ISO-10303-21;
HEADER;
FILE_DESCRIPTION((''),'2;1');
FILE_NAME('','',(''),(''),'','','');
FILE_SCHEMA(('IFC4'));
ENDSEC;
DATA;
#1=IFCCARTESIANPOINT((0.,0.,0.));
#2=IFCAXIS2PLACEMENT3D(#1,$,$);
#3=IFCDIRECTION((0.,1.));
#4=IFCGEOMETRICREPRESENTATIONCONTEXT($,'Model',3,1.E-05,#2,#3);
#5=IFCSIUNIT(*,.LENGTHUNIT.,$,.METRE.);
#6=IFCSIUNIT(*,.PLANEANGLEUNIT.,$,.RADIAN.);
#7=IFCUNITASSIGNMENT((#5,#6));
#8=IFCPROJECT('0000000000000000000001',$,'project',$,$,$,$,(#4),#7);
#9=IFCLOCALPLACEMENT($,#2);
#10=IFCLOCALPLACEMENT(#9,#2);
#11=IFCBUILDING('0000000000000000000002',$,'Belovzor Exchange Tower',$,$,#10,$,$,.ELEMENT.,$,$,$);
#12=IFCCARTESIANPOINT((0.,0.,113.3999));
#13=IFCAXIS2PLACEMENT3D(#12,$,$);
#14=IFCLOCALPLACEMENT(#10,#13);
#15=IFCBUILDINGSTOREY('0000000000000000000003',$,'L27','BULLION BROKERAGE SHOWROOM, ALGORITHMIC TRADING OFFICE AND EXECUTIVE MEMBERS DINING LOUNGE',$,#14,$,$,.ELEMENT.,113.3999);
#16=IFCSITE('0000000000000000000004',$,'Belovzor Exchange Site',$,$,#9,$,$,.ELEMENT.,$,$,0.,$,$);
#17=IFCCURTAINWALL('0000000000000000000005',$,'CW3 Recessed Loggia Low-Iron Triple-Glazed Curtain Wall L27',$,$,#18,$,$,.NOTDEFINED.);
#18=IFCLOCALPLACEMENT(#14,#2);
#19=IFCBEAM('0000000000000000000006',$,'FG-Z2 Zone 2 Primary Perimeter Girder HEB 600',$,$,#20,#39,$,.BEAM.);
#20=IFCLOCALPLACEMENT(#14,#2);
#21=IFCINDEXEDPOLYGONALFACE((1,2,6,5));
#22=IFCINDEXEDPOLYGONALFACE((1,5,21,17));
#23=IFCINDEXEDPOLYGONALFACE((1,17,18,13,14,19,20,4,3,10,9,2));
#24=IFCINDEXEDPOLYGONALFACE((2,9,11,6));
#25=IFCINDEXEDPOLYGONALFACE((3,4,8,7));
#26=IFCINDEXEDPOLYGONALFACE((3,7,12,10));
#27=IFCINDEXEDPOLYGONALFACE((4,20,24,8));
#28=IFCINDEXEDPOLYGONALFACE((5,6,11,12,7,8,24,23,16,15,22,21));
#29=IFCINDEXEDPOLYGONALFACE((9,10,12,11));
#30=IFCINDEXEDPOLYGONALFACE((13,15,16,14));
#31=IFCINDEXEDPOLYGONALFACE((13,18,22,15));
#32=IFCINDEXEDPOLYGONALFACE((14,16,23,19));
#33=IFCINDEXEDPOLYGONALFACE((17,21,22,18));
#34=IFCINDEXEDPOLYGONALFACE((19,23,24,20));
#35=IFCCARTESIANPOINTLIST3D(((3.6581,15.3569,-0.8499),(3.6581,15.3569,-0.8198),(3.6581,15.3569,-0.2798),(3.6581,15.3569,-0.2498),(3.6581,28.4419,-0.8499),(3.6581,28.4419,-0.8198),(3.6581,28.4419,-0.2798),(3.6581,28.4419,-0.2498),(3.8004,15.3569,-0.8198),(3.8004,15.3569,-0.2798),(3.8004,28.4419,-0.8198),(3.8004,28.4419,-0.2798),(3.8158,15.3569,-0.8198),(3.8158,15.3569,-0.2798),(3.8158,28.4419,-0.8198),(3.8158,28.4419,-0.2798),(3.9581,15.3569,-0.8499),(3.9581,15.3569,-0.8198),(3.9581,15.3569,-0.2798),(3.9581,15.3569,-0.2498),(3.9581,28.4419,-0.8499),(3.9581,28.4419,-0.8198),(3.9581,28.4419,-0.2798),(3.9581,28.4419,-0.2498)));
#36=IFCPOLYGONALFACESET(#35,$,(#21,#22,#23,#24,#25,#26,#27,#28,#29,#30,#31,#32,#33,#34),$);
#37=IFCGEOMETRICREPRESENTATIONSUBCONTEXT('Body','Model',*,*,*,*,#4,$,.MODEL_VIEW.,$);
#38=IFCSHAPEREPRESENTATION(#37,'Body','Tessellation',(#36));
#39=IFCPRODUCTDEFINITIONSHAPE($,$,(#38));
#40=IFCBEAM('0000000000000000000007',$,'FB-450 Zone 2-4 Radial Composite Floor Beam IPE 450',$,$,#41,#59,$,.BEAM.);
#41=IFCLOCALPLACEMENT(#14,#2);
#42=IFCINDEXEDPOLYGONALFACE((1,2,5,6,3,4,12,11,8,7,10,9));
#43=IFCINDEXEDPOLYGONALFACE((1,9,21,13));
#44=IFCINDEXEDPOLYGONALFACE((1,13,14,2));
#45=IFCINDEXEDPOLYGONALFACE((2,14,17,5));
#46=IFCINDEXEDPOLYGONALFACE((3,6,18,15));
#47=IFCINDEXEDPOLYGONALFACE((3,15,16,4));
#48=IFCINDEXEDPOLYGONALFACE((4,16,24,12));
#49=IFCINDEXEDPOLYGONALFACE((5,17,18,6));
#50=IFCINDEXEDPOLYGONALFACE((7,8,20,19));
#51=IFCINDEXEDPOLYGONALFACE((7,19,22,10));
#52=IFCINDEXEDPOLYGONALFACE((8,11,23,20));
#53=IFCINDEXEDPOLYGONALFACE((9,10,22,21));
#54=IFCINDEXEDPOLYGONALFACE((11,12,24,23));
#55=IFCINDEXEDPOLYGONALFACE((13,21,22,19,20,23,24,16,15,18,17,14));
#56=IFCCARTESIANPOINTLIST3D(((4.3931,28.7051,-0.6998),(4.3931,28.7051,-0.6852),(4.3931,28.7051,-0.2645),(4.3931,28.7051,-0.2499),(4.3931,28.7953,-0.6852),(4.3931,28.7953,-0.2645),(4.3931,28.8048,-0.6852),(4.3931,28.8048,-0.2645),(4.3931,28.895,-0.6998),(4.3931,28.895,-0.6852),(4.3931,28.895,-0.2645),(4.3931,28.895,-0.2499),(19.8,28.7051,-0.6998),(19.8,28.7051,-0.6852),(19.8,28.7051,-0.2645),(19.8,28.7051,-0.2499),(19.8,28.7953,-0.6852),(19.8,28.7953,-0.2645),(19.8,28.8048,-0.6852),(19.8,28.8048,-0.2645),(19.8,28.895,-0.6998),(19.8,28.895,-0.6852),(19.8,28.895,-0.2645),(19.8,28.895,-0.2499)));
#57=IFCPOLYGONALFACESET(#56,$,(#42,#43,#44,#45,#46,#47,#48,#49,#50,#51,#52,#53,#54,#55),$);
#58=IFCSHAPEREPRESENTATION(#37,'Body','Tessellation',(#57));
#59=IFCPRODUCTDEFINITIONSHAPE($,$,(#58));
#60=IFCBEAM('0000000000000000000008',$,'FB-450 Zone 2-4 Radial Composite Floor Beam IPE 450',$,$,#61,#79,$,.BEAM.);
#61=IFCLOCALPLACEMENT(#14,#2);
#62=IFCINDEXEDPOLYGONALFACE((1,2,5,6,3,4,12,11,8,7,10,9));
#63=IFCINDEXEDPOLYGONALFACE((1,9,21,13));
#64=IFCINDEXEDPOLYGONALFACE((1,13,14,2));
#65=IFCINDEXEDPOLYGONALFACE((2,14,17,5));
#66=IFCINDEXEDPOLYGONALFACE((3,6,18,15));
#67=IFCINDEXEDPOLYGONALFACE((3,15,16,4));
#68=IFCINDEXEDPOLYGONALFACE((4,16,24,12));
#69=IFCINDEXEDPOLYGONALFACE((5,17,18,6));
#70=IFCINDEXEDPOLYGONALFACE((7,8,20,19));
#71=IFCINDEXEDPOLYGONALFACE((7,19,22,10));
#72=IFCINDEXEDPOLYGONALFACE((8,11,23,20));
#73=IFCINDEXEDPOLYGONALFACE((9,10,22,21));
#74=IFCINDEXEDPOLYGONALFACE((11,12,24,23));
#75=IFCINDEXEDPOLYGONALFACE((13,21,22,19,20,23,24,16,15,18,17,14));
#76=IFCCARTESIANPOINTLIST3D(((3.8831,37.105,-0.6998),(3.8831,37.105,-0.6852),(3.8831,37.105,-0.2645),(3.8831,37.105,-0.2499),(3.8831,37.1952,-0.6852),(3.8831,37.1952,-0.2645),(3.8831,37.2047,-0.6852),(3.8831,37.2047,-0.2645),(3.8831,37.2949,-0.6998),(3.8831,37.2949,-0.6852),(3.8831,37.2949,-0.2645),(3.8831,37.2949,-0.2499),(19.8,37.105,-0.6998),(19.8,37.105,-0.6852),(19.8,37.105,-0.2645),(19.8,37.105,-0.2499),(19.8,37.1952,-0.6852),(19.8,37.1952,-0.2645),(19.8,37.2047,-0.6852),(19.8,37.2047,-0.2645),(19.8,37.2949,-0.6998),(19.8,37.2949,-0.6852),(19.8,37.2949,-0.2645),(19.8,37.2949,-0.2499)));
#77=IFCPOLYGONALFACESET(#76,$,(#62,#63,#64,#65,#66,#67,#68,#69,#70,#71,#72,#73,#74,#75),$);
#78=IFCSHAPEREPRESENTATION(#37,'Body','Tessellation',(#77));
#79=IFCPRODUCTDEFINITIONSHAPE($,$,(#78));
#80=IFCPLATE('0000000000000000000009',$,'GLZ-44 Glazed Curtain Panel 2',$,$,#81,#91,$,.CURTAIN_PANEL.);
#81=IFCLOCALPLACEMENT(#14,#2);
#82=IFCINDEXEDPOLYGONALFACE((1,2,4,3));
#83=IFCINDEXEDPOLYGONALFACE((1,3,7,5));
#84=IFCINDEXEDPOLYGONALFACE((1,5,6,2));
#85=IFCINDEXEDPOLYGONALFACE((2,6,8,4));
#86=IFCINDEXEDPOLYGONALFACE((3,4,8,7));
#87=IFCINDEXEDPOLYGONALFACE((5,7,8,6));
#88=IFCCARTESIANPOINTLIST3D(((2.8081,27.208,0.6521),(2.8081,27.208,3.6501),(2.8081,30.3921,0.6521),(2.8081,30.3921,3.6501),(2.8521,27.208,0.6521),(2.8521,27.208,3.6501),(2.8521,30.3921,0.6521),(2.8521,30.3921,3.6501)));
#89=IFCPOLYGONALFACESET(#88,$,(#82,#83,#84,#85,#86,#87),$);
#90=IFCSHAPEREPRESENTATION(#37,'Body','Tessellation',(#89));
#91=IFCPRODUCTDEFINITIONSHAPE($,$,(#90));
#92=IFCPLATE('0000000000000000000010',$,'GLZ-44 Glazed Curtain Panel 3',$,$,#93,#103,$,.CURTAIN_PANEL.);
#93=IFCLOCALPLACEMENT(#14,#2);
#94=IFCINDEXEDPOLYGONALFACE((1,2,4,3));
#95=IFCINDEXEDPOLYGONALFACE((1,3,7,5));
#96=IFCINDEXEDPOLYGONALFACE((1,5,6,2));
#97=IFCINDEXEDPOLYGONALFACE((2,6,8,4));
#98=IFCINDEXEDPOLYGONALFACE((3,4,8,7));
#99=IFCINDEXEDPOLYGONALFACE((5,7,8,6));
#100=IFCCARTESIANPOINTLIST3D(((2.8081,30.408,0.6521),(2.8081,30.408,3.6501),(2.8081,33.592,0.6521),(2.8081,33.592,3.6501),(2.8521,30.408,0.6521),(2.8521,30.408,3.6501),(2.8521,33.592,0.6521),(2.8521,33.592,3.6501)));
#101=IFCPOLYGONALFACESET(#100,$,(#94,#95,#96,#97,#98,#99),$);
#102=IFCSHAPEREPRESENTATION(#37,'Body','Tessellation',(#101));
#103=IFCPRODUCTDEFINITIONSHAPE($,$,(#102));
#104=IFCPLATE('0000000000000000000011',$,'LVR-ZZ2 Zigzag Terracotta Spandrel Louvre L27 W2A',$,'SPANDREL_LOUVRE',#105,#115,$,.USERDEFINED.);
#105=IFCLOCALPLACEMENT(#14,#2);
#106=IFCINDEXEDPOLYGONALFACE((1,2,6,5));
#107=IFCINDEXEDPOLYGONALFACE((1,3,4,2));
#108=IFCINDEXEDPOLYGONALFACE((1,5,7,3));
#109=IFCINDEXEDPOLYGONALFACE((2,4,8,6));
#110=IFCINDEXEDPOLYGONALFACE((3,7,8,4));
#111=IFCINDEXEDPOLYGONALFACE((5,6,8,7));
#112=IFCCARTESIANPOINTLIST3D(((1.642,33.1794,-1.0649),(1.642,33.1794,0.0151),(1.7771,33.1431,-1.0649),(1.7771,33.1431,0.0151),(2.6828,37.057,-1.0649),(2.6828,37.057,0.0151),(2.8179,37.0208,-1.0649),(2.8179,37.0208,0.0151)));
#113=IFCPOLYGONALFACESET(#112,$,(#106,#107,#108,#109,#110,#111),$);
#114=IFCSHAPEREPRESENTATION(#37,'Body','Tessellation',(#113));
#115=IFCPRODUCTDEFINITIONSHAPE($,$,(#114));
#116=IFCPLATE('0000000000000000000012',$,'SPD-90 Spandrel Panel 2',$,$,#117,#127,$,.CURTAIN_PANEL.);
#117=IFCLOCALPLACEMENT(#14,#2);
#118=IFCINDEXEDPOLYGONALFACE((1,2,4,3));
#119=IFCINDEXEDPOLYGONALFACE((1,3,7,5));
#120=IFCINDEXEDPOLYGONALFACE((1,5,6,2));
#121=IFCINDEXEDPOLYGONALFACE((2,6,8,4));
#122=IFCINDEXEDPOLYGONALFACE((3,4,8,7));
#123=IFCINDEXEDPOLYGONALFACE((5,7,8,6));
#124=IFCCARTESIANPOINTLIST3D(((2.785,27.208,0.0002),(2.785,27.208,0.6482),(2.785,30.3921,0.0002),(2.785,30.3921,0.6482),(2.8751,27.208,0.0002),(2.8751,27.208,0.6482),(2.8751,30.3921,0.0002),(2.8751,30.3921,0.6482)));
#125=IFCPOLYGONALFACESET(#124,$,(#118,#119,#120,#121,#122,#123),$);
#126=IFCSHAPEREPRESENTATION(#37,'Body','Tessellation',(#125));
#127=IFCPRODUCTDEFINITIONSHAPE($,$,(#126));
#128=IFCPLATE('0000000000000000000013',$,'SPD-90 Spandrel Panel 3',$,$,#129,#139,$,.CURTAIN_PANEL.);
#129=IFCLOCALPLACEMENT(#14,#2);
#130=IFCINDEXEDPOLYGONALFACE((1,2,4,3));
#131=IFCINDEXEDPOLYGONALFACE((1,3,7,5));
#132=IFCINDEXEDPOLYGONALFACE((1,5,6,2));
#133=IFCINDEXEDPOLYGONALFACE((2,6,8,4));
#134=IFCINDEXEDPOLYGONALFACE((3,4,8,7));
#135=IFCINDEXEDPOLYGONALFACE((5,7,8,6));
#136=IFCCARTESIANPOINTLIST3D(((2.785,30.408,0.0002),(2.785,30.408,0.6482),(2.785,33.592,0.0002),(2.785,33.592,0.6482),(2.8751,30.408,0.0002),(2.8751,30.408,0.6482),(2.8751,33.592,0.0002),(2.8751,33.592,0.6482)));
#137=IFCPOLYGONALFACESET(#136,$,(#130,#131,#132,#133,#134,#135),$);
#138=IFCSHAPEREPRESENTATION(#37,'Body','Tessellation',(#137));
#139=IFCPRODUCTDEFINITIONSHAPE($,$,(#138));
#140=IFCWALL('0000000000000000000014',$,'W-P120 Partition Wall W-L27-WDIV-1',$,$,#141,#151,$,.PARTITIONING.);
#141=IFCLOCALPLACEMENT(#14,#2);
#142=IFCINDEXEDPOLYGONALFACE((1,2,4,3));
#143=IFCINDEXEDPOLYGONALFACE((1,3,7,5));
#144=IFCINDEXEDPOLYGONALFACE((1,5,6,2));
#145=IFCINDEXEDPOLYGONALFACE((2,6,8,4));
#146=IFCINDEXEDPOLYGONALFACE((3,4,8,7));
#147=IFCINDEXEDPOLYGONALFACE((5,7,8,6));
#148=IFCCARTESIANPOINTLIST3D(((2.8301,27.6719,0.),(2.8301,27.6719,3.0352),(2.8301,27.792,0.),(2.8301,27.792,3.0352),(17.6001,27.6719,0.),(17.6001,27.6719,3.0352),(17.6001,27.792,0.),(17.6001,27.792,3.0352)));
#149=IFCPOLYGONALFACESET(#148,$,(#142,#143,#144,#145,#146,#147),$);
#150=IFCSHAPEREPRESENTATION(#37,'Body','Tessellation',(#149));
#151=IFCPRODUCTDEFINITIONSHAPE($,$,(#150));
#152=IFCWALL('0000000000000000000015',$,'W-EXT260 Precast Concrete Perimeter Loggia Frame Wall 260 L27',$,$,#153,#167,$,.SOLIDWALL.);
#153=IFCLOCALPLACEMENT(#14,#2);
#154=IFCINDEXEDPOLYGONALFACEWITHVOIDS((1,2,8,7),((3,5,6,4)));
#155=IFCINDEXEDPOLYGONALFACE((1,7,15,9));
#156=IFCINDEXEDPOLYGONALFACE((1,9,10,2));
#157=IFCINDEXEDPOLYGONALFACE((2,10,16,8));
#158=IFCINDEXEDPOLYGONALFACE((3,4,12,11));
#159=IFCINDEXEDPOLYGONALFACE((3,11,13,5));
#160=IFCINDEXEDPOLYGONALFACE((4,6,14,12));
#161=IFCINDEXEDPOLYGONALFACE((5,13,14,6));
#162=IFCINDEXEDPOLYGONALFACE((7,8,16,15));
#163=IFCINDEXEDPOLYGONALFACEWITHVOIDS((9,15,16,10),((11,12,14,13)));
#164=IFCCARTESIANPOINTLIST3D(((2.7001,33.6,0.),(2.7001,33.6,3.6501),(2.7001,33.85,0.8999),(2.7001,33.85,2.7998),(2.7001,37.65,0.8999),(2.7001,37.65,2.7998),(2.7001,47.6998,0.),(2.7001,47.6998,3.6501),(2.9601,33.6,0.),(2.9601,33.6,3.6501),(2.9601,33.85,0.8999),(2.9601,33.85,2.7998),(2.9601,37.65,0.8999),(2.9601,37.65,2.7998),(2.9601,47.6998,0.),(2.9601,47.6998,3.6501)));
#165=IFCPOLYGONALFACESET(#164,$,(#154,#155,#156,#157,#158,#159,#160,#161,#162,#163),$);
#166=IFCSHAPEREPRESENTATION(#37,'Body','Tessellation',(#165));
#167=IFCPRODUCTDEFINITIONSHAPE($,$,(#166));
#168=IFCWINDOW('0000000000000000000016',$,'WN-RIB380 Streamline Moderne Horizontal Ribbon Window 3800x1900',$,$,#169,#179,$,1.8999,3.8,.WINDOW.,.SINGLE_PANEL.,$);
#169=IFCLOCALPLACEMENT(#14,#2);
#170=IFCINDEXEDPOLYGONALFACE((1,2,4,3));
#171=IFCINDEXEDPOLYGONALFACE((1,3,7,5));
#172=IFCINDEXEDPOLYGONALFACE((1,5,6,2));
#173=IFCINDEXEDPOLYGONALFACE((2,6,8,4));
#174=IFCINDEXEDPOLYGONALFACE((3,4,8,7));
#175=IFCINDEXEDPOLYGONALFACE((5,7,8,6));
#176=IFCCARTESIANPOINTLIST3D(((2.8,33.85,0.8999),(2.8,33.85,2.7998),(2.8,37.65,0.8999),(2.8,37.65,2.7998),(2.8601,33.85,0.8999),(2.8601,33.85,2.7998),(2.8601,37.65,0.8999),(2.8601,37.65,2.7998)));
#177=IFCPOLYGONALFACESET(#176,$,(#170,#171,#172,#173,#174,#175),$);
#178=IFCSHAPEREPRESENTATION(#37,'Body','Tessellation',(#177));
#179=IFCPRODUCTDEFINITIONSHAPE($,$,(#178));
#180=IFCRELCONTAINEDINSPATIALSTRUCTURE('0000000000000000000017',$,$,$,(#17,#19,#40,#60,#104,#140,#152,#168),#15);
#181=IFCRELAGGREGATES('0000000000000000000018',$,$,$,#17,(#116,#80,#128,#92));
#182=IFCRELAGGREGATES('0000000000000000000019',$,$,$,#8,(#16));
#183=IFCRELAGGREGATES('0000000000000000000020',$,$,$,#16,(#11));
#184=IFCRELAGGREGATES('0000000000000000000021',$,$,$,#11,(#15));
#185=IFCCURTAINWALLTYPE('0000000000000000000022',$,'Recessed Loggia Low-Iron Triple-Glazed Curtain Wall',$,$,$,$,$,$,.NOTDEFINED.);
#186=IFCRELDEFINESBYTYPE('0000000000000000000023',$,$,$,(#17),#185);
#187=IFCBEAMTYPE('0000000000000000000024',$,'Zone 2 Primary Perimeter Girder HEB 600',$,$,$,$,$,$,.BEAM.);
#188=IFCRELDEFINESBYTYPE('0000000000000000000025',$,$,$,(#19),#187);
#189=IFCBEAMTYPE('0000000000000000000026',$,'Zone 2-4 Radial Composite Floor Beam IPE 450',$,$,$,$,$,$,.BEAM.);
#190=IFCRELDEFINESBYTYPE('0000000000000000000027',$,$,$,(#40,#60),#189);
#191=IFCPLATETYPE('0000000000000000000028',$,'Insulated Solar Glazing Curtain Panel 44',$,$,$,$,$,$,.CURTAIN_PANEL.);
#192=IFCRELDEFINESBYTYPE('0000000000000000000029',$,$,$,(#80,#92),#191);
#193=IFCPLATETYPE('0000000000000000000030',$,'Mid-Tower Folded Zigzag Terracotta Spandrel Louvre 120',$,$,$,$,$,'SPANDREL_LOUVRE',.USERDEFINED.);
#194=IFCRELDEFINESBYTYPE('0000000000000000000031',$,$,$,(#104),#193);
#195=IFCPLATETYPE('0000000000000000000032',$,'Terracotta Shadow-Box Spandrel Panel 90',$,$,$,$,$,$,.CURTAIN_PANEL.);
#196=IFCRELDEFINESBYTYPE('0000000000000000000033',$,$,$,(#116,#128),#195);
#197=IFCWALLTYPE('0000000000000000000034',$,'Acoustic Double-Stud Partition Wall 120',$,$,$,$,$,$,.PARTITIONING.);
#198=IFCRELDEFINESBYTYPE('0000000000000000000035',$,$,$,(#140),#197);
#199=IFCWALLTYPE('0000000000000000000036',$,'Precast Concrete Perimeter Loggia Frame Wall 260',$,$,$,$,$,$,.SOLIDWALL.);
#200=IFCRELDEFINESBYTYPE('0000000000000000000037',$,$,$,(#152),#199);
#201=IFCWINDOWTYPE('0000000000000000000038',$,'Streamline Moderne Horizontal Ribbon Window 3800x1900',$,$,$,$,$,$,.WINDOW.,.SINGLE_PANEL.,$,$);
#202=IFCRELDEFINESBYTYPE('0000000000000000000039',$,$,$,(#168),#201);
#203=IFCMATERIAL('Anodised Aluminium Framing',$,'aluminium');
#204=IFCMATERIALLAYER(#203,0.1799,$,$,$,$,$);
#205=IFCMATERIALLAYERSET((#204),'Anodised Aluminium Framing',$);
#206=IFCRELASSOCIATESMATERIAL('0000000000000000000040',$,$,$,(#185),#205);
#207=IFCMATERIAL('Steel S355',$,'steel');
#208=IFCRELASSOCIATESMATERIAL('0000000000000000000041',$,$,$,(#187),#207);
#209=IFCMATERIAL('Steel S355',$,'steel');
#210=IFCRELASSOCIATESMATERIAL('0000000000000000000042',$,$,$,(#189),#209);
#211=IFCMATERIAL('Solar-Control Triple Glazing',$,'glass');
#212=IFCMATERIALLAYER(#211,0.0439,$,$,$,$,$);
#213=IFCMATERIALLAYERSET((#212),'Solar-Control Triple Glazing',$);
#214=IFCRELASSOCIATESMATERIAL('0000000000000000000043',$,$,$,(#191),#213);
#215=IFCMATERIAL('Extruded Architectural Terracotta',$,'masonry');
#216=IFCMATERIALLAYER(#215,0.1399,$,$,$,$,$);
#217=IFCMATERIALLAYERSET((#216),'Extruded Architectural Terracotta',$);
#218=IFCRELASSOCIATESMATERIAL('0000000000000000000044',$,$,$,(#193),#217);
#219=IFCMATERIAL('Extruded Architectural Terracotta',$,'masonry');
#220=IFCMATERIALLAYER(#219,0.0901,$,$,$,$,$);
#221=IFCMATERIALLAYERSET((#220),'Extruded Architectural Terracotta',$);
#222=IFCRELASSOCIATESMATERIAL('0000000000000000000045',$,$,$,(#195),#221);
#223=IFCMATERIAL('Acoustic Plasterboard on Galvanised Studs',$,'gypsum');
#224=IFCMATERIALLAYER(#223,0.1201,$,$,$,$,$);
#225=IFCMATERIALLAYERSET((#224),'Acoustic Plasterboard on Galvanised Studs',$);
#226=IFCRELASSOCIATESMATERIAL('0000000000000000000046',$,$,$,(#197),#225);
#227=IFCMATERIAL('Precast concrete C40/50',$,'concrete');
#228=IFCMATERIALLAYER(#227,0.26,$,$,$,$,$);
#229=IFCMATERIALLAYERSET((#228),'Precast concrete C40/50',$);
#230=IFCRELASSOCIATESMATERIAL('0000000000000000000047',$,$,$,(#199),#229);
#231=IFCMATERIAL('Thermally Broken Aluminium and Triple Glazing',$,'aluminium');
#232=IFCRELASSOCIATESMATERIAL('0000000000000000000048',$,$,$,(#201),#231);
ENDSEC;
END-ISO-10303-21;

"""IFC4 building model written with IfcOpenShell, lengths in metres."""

from ifc_helpers import new_model, si_unit, direction, frame, frame_2d, origin, origin_2d, place, context, subcontext, project, spatial, rectangle, i_section, extrude, material, layer, layer_set, material_profile, profile_set, type_object, element, fill, aggregate, save


model = new_model("IFC4")

# Units and contexts
model_context = context("Model", 3, precision=1e-05, world=origin(), true_north=direction((0.0, 1.0)))
body_context = subcontext(model_context, "Body", "Model", "MODEL_VIEW")
ifc_project = project(units=[si_unit("LENGTHUNIT", "METRE"), si_unit("PLANEANGLEUNIT", "RADIAN")], contexts=[model_context])

# Site, building, storey
site_placement = place(None, origin())
site = spatial("IfcSite", under=ifc_project, at=site_placement, Name="Belovzor Exchange Site", CompositionType="ELEMENT", RefElevation=0.0)
building_placement = place(site_placement, origin())
building = spatial("IfcBuilding", under=site, at=building_placement, Name="Belovzor Exchange Tower", CompositionType="ELEMENT")
storey_placement = place(building_placement, frame((0.0, 0.0, 113.3999)))
storey = spatial("IfcBuildingStorey", under=building, at=storey_placement, Name="L27", Description="BULLION BROKERAGE SHOWROOM, ALGORITHMIC TRADING OFFICE AND EXECUTIVE MEMBERS DINING LOUNGE", CompositionType="ELEMENT", Elevation=113.3999)

# Curtain wall
ifc_material_1 = material(Name="Anodised Aluminium Framing", Category="aluminium")
ifc_layer_1 = layer(ifc_material_1, 0.1799)
ifc_layer_set_1 = layer_set([ifc_layer_1], Name="Anodised Aluminium Framing")
curtain_wall_type = type_object("IfcCurtainWallType", Name="Recessed Loggia Low-Iron Triple-Glazed Curtain Wall", PredefinedType="NOTDEFINED", material=ifc_layer_set_1)
curtain_wall_placement = place(storey_placement, origin())
curtain_wall = element("IfcCurtainWall", 1, at=curtain_wall_placement, inside=storey, type_object=curtain_wall_type, Name="CW3 Recessed Loggia Low-Iron Triple-Glazed Curtain Wall L27", PredefinedType="NOTDEFINED")

# Beams
ifc_material_2 = material(Name="Steel S355", Category="steel")
ifc_material_profile_1 = material_profile(ifc_material_2, i_section(OverallWidth=0.3, OverallDepth=0.6001, WebThickness=0.0154, FlangeThickness=0.03, at=origin_2d()))
ifc_profile_set_1 = profile_set([ifc_material_profile_1], Name="Steel S355")
beam_type_1 = type_object("IfcBeamType", Name="Zone 2 Primary Perimeter Girder HEB 600", PredefinedType="BEAM", material=ifc_profile_set_1)
beam_1_placement = place(storey_placement, frame((3.8081, 28.4419, -0.5498), z_axis=(0.0, -1.0, 0.0), x_axis=(1.0, 0.0, 0.0)))
element("IfcBeam", 2, at=beam_1_placement, inside=storey, type_object=beam_type_1, Name="FG-Z2 Zone 2 Primary Perimeter Girder HEB 600", PredefinedType="BEAM", context=body_context, shape_type="SweptSolid", body=[
    extrude(i_section(OverallWidth=0.3, OverallDepth=0.6001, WebThickness=0.0154, FlangeThickness=0.03, at=origin_2d()), origin(), (0.0, 0.0, 1.0), 13.085),
])
ifc_material_3 = material(Name="Steel S355", Category="steel")
ifc_material_profile_2 = material_profile(ifc_material_3, i_section(OverallWidth=0.1899, OverallDepth=0.45, WebThickness=0.0095, FlangeThickness=0.0146, at=origin_2d()))
ifc_profile_set_2 = profile_set([ifc_material_profile_2], Name="Steel S355")
beam_type_2 = type_object("IfcBeamType", Name="Zone 2-4 Radial Composite Floor Beam IPE 450", PredefinedType="BEAM", material=ifc_profile_set_2)
beam_2_placement = place(storey_placement, frame((19.8, 28.8, -0.4749), z_axis=(-1.0, 0.0, 0.0), x_axis=(0.0, -1.0, 0.0)))
element("IfcBeam", 3, at=beam_2_placement, inside=storey, type_object=beam_type_2, Name="FB-450 Zone 2-4 Radial Composite Floor Beam IPE 450", PredefinedType="BEAM", context=body_context, shape_type="SweptSolid", body=[
    extrude(i_section(OverallWidth=0.1899, OverallDepth=0.45, WebThickness=0.0095, FlangeThickness=0.0146, at=origin_2d()), origin(), (0.0, 0.0, 1.0), 15.407),
])
beam_3_placement = place(storey_placement, frame((19.8, 37.2, -0.4749), z_axis=(-1.0, 0.0, 0.0), x_axis=(0.0, -1.0, 0.0)))
element("IfcBeam", 4, at=beam_3_placement, inside=storey, type_object=beam_type_2, Name="FB-450 Zone 2-4 Radial Composite Floor Beam IPE 450", PredefinedType="BEAM", context=body_context, shape_type="SweptSolid", body=[
    extrude(i_section(OverallWidth=0.1899, OverallDepth=0.45, WebThickness=0.0095, FlangeThickness=0.0146, at=origin_2d()), origin(), (0.0, 0.0, 1.0), 15.917),
])

# Plates
ifc_material_4 = material(Name="Solar-Control Triple Glazing", Category="glass")
ifc_layer_2 = layer(ifc_material_4, 0.0439)
ifc_layer_set_2 = layer_set([ifc_layer_2], Name="Solar-Control Triple Glazing")
plate_type_1 = type_object("IfcPlateType", Name="Insulated Solar Glazing Curtain Panel 44", PredefinedType="CURTAIN_PANEL", material=ifc_layer_set_2)
plate_1_placement = place(storey_placement, frame((2.8301, 28.8, 0.6521), z_axis=(0.0, 0.0, 1.0), x_axis=(0.0, 1.0, 0.0)))
plate_1 = element("IfcPlate", 5, at=plate_1_placement, type_object=plate_type_1, Name="GLZ-44 Glazed Curtain Panel 2", PredefinedType="CURTAIN_PANEL", context=body_context, shape_type="SweptSolid", body=[
    extrude(rectangle(XDim=3.1841, YDim=0.0439, at=origin_2d()), origin(), (0.0, 0.0, 1.0), 2.998),
])
plate_2_placement = place(storey_placement, frame((2.8301, 32.0, 0.6521), z_axis=(0.0, 0.0, 1.0), x_axis=(0.0, 1.0, 0.0)))
plate_2 = element("IfcPlate", 6, at=plate_2_placement, type_object=plate_type_1, Name="GLZ-44 Glazed Curtain Panel 3", PredefinedType="CURTAIN_PANEL", context=body_context, shape_type="SweptSolid", body=[
    extrude(rectangle(XDim=3.1841, YDim=0.0439, at=origin_2d()), origin(), (0.0, 0.0, 1.0), 2.998),
])
ifc_material_5 = material(Name="Extruded Architectural Terracotta", Category="masonry")
ifc_layer_3 = layer(ifc_material_5, 0.1399)
ifc_layer_set_3 = layer_set([ifc_layer_3], Name="Extruded Architectural Terracotta")
plate_type_2 = type_object("IfcPlateType", Name="Mid-Tower Folded Zigzag Terracotta Spandrel Louvre 120", ElementType="SPANDREL_LOUVRE", PredefinedType="USERDEFINED", material=ifc_layer_set_3)
plate_3_placement = place(storey_placement, frame((2.23, 35.1001, -1.0649), z_axis=(0.0, 0.0, 1.0), x_axis=(0.25924, 0.965813, 0.0)))
element("IfcPlate", 7, at=plate_3_placement, inside=storey, type_object=plate_type_2, Name="LVR-ZZ2 Zigzag Terracotta Spandrel Louvre L27 W2A", ObjectType="SPANDREL_LOUVRE", PredefinedType="USERDEFINED", context=body_context, shape_type="SweptSolid", body=[
    extrude(rectangle(XDim=4.0149, YDim=0.1399, at=origin_2d()), origin(), (0.0, 0.0, 1.0), 1.0801),
])
ifc_material_6 = material(Name="Extruded Architectural Terracotta", Category="masonry")
ifc_layer_4 = layer(ifc_material_6, 0.0901)
ifc_layer_set_4 = layer_set([ifc_layer_4], Name="Extruded Architectural Terracotta")
plate_type_3 = type_object("IfcPlateType", Name="Terracotta Shadow-Box Spandrel Panel 90", PredefinedType="CURTAIN_PANEL", material=ifc_layer_set_4)
plate_4_placement = place(storey_placement, frame((2.8301, 28.8, 0.0002), z_axis=(0.0, 0.0, 1.0), x_axis=(0.0, 1.0, 0.0)))
plate_4 = element("IfcPlate", 8, at=plate_4_placement, type_object=plate_type_3, Name="SPD-90 Spandrel Panel 2", PredefinedType="CURTAIN_PANEL", context=body_context, shape_type="SweptSolid", body=[
    extrude(rectangle(XDim=3.1841, YDim=0.0901, at=origin_2d()), origin(), (0.0, 0.0, 1.0), 0.6479),
])
plate_5_placement = place(storey_placement, frame((2.8301, 32.0, 0.0002), z_axis=(0.0, 0.0, 1.0), x_axis=(0.0, 1.0, 0.0)))
plate_5 = element("IfcPlate", 9, at=plate_5_placement, type_object=plate_type_3, Name="SPD-90 Spandrel Panel 3", PredefinedType="CURTAIN_PANEL", context=body_context, shape_type="SweptSolid", body=[
    extrude(rectangle(XDim=3.1841, YDim=0.0901, at=origin_2d()), origin(), (0.0, 0.0, 1.0), 0.6479),
])
aggregate(curtain_wall, [plate_4, plate_1, plate_5, plate_2])

# Wall
ifc_material_7 = material(Name="Acoustic Plasterboard on Galvanised Studs", Category="gypsum")
ifc_layer_5 = layer(ifc_material_7, 0.1201)
ifc_layer_set_5 = layer_set([ifc_layer_5], Name="Acoustic Plasterboard on Galvanised Studs")
wall_type_1 = type_object("IfcWallType", Name="Acoustic Double-Stud Partition Wall 120", PredefinedType="PARTITIONING", material=ifc_layer_set_5)
wall_1_placement = place(storey_placement, frame((2.8301, 27.7319, 0.0), z_axis=(0.0, 0.0, 1.0), x_axis=(1.0, 0.0, 0.0)))
element("IfcWall", 10, at=wall_1_placement, inside=storey, type_object=wall_type_1, Name="W-P120 Partition Wall W-L27-WDIV-1", PredefinedType="PARTITIONING", context=body_context, shape_type="SweptSolid", body=[
    extrude(rectangle(XDim=14.77, YDim=0.1201, at=frame_2d((7.385, 0.0))), origin(), (0.0, 0.0, 1.0), 3.0352),
])

# Wall, opening, window
ifc_material_8 = material(Name="Precast concrete C40/50", Category="concrete")
ifc_layer_6 = layer(ifc_material_8, 0.26)
ifc_layer_set_6 = layer_set([ifc_layer_6], Name="Precast concrete C40/50")
wall_type_2 = type_object("IfcWallType", Name="Precast Concrete Perimeter Loggia Frame Wall 260", PredefinedType="SOLIDWALL", material=ifc_layer_set_6)
wall_2_placement = place(storey_placement, frame((2.8301, 33.6001, 0.0), z_axis=(0.0, 0.0, 1.0), x_axis=(0.0, 1.0, 0.0)))
wall_2 = element("IfcWall", 11, at=wall_2_placement, inside=storey, type_object=wall_type_2, Name="W-EXT260 Precast Concrete Perimeter Loggia Frame Wall 260 L27", PredefinedType="SOLIDWALL", context=body_context, shape_type="SweptSolid", body=[
    extrude(rectangle(XDim=14.0999, YDim=0.26, at=frame_2d((7.0498, 0.0))), origin(), (0.0, 0.0, 1.0), 3.6501),
])
opening_placement = place(wall_2_placement, frame((0.25, 0.0, 0.8999)))
opening = element("IfcOpeningElement", 12, at=opening_placement, cuts=wall_2, PredefinedType="OPENING", context=body_context, shape_type="SweptSolid", body=[
    extrude(rectangle(XDim=3.8, YDim=1.8999, at=frame_2d((1.8999, 0.95))), frame((0.0, 0.1399, 0.0), z_axis=(0.0, -1.0, 0.0), x_axis=(1.0, 0.0, 0.0)), (0.0, 0.0, 1.0), 0.28),
])
ifc_material_9 = material(Name="Thermally Broken Aluminium and Triple Glazing", Category="aluminium")
window_type = type_object("IfcWindowType", Name="Streamline Moderne Horizontal Ribbon Window 3800x1900", PartitioningType="SINGLE_PANEL", PredefinedType="WINDOW", material=ifc_material_9)
window_placement = place(opening_placement, origin())
window = element("IfcWindow", 13, at=window_placement, inside=storey, type_object=window_type, Name="WN-RIB380 Streamline Moderne Horizontal Ribbon Window 3800x1900", OverallHeight=1.8999, OverallWidth=3.8, PartitioningType="SINGLE_PANEL", PredefinedType="WINDOW", context=body_context, shape_type="SweptSolid", body=[
    extrude(rectangle(XDim=3.8, YDim=1.8999, at=frame_2d((1.8999, 0.95))), frame((0.0, 0.03, 0.0), z_axis=(0.0, -1.0, 0.0), x_axis=(1.0, 0.0, 0.0)), (0.0, 0.0, 1.0), 0.0601),
])
fill(opening, window)

save(model, "model.ifc")
